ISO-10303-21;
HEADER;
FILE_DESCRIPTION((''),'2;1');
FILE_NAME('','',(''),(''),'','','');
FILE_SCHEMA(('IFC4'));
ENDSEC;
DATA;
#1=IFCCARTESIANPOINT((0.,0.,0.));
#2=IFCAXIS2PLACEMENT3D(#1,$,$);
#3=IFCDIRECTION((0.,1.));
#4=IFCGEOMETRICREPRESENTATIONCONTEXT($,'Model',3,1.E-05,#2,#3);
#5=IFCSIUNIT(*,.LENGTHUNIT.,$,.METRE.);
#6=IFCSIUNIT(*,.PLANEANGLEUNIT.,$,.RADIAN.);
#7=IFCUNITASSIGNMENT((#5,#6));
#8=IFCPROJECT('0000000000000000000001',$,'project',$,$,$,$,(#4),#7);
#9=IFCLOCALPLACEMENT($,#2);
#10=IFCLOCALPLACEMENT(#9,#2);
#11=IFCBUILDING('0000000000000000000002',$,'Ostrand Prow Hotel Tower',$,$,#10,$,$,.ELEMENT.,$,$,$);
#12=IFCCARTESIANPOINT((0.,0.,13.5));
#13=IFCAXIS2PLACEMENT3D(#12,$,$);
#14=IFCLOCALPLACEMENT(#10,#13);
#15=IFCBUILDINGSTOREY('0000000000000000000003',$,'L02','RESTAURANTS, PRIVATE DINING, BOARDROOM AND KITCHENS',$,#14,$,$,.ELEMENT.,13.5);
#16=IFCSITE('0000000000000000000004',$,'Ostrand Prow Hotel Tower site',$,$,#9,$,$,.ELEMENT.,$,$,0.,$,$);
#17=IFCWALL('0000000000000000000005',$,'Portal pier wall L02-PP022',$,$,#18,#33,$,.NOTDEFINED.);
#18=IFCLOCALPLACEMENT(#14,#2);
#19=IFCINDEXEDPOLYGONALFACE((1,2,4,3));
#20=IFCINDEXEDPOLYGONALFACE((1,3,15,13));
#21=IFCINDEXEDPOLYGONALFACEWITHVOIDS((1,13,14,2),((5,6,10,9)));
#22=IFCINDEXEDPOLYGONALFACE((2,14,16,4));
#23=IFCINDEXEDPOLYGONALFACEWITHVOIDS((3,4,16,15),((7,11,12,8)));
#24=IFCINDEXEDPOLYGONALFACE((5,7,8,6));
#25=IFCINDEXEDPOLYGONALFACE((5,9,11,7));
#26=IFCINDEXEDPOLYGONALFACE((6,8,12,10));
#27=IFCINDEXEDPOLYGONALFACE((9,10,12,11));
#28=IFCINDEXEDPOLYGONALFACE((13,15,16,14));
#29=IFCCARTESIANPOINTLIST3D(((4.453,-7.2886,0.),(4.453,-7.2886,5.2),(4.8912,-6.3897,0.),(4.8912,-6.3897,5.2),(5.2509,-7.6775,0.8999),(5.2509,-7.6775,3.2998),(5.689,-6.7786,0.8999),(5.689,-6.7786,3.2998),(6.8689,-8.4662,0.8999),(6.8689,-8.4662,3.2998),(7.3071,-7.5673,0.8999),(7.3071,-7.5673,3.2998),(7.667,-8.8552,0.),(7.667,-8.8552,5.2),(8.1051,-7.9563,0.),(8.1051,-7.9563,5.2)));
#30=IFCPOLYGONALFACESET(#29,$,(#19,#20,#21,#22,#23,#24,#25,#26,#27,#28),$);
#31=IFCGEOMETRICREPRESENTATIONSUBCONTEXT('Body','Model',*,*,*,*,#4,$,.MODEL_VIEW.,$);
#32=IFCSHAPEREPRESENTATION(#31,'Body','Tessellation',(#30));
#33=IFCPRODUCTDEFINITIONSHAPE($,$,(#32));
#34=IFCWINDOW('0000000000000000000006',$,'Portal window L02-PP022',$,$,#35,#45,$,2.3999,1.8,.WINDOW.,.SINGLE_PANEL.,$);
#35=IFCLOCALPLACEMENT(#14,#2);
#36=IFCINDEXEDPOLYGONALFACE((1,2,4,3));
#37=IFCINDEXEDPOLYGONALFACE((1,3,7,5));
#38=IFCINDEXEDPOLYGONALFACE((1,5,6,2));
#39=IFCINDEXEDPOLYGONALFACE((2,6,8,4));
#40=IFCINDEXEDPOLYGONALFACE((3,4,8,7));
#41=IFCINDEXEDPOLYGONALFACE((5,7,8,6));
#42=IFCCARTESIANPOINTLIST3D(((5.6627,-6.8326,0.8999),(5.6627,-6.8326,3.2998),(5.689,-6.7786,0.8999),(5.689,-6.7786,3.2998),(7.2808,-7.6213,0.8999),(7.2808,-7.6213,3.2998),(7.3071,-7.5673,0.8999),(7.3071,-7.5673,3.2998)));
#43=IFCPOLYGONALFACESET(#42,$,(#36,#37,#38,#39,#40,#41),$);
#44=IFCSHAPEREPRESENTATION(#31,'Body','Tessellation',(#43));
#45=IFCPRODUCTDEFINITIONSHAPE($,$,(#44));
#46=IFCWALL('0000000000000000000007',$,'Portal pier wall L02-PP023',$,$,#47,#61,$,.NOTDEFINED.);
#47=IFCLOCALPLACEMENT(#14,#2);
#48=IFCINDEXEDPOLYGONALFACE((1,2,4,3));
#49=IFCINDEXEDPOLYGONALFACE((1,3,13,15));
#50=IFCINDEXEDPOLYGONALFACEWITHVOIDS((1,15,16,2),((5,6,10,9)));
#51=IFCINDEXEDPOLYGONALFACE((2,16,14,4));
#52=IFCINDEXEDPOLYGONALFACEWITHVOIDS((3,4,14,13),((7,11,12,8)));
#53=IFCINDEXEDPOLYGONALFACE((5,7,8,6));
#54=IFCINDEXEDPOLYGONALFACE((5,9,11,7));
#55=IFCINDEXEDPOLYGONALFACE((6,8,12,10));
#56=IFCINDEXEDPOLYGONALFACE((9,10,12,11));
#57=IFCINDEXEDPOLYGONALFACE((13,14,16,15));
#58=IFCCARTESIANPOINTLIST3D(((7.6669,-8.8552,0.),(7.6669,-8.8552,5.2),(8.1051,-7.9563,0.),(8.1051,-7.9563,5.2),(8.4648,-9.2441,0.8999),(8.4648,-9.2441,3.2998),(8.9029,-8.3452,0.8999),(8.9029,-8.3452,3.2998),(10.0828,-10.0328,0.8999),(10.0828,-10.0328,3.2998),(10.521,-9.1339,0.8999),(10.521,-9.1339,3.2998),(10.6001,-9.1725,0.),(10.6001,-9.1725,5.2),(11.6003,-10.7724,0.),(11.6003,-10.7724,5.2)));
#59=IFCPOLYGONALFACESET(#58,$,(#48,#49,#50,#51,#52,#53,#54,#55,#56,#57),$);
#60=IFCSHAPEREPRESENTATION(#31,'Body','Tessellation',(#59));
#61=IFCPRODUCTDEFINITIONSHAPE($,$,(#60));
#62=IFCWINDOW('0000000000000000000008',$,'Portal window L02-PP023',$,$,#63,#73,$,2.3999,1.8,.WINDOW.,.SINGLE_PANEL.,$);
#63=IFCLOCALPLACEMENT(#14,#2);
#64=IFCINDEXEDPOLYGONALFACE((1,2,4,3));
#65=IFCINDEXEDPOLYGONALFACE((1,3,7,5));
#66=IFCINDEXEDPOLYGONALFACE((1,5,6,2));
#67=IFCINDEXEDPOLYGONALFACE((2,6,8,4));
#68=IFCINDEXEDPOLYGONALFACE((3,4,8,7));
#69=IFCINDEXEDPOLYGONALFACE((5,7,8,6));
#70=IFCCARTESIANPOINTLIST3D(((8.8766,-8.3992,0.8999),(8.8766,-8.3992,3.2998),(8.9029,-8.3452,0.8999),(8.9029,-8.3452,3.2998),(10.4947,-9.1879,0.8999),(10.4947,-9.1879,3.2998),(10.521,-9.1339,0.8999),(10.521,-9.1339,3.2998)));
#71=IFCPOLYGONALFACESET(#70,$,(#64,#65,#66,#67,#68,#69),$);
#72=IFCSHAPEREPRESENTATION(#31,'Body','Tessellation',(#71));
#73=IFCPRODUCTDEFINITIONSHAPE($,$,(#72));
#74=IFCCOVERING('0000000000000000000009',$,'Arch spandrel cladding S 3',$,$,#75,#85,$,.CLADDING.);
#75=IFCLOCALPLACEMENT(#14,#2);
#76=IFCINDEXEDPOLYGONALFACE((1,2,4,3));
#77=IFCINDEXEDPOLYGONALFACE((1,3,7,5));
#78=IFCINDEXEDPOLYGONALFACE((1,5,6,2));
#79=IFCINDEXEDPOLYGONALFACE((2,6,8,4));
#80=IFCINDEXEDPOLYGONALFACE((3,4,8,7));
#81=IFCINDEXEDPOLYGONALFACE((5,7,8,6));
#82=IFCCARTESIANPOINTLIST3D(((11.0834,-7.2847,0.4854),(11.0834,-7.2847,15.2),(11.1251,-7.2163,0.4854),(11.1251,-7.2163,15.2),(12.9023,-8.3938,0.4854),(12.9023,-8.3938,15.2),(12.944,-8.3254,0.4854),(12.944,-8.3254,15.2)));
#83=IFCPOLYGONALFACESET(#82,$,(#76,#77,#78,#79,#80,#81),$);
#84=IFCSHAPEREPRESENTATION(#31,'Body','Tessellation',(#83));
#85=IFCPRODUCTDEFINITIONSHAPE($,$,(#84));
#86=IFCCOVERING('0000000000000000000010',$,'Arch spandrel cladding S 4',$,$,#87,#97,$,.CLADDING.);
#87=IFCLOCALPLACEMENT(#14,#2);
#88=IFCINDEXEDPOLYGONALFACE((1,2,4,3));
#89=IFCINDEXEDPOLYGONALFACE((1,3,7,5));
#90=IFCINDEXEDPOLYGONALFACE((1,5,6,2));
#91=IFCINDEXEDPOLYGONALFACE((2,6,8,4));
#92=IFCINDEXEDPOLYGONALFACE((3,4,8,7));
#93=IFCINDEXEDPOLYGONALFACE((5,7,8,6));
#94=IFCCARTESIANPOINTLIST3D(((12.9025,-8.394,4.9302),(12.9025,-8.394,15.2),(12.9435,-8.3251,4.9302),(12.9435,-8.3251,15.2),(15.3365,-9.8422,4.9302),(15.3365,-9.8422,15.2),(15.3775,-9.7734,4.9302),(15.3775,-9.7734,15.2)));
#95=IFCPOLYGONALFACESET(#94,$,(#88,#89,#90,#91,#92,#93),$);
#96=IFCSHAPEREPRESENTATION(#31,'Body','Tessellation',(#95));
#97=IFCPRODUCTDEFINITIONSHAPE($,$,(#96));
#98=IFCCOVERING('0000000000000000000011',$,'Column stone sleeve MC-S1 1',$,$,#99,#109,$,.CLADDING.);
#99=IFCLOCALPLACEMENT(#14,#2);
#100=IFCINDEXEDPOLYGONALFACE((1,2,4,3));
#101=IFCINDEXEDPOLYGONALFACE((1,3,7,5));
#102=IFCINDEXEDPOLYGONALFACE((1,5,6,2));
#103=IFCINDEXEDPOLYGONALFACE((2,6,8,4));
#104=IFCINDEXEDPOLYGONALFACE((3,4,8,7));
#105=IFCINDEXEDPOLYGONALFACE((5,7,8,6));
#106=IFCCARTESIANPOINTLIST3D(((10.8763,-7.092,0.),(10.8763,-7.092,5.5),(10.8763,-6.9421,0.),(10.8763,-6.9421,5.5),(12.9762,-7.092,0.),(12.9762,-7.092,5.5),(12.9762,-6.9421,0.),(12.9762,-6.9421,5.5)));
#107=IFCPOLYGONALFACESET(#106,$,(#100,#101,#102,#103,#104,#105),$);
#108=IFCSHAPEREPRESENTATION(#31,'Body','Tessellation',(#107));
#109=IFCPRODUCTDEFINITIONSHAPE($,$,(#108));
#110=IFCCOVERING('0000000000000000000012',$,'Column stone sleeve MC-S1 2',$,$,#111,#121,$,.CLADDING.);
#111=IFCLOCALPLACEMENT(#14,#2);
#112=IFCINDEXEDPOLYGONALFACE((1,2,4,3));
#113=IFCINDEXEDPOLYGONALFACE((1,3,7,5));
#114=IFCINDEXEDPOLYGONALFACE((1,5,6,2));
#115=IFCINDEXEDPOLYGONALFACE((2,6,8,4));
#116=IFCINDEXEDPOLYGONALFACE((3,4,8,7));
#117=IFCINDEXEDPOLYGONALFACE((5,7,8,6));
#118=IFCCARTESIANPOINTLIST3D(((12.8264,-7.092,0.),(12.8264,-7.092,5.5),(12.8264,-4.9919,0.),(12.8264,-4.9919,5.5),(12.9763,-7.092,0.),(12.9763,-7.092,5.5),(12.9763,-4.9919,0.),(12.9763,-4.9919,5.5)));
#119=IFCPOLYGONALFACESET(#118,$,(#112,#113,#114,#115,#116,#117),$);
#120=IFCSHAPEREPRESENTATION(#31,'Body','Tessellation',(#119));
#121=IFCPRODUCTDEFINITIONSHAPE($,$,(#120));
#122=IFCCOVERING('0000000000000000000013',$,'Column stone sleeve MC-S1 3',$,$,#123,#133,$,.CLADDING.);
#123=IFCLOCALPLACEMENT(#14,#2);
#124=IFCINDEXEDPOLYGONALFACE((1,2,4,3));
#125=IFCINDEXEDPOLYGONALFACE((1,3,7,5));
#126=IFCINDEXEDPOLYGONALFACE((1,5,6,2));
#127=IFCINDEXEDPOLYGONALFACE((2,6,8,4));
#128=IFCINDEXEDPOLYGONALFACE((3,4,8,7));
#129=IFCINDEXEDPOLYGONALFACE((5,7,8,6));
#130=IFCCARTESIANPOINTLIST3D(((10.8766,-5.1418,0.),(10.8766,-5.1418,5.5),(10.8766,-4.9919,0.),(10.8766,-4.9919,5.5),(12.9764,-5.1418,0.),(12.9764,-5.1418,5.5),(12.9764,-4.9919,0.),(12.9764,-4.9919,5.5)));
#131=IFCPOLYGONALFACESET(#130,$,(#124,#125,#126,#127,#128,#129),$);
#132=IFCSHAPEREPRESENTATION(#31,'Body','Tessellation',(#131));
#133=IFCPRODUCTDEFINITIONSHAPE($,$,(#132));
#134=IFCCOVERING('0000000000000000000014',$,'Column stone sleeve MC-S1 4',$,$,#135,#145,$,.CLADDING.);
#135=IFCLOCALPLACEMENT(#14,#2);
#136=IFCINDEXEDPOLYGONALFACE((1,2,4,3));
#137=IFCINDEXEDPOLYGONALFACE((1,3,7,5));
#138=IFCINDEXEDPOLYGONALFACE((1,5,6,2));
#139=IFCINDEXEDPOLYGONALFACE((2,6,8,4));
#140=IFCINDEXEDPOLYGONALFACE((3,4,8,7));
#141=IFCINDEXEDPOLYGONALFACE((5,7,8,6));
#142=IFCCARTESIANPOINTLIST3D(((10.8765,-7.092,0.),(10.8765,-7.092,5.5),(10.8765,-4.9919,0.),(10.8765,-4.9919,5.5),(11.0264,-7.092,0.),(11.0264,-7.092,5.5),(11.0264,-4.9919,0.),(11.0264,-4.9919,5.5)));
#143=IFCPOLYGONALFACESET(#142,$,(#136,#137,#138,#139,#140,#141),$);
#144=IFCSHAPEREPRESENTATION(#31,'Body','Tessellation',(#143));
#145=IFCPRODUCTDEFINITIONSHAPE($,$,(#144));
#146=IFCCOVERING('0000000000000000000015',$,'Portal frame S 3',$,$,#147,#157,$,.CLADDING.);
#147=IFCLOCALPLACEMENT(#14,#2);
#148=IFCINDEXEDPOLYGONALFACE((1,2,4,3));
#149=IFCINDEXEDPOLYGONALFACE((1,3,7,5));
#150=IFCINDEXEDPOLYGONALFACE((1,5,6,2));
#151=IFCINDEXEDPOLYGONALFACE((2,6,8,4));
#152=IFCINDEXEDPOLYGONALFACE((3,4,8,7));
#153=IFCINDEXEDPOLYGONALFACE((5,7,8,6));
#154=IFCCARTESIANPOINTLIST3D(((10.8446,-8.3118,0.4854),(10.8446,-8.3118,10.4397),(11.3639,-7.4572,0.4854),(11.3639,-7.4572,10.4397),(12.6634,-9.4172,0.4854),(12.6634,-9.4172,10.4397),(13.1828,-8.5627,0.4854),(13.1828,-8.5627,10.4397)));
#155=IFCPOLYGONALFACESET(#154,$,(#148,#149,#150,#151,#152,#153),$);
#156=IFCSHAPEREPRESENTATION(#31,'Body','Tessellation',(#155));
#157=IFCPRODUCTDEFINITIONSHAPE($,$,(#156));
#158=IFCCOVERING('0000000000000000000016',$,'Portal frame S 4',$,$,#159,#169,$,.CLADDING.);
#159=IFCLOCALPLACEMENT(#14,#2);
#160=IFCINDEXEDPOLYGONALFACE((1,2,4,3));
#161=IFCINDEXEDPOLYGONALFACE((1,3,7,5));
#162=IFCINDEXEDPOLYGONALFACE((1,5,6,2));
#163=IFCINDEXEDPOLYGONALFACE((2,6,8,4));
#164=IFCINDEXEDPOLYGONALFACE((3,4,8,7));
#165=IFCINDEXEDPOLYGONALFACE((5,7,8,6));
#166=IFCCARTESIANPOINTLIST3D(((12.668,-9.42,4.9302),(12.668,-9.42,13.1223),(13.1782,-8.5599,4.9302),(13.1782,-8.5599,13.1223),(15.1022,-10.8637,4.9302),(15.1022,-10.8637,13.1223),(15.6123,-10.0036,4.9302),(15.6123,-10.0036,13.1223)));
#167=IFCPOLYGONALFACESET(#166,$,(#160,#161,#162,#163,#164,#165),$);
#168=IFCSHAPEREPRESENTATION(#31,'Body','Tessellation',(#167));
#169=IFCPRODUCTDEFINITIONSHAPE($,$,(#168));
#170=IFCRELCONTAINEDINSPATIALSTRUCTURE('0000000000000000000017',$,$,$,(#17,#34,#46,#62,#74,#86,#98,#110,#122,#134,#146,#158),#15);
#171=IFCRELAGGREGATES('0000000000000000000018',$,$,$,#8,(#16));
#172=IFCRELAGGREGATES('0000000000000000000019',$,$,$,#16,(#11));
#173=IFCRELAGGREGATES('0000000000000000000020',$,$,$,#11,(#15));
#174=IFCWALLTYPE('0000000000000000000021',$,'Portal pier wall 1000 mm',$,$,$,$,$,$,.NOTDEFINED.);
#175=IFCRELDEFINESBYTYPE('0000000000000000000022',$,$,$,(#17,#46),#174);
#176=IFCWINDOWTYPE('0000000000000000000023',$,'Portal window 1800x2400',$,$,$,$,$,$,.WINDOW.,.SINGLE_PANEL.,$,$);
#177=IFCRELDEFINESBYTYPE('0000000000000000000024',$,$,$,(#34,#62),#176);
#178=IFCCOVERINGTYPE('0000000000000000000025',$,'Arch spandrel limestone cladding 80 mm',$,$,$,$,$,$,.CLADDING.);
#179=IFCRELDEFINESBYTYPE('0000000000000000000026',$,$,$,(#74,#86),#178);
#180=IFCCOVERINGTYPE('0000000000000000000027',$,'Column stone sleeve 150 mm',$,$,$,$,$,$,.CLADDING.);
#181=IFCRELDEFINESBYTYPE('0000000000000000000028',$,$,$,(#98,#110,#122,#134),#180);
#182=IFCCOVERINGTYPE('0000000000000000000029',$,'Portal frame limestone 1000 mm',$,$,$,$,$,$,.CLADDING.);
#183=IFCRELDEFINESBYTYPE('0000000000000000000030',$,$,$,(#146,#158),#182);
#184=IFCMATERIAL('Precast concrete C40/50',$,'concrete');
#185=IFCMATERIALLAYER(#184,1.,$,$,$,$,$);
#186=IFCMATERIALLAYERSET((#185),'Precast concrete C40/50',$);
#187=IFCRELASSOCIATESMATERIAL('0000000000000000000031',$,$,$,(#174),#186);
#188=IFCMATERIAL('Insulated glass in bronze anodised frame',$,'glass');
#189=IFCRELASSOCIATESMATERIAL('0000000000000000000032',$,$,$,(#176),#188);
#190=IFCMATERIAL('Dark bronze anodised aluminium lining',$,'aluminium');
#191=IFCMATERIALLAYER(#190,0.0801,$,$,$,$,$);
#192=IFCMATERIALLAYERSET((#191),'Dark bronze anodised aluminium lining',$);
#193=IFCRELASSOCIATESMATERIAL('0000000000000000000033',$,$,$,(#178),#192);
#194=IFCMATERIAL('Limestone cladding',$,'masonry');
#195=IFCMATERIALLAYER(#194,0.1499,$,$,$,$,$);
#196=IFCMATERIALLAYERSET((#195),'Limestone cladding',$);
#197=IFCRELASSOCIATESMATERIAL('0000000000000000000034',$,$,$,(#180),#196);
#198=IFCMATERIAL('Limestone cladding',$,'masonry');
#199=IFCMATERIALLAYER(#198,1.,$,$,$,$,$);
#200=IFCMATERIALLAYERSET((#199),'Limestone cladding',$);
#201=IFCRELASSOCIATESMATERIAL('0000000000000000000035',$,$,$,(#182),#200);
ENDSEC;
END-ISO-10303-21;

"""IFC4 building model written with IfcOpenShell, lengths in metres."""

from ifc_helpers import new_model, si_unit, direction, frame, frame_2d, origin, place, context, subcontext, project, spatial, polyline, rectangle, outline, extrude, material, layer, layer_set, type_object, element, fill, save


model = new_model("IFC4")

# Units and contexts
model_context = context("Model", 3, precision=1e-05, world=origin(), true_north=direction((0.0, 1.0)))
body_context = subcontext(model_context, "Body", "Model", "MODEL_VIEW")
ifc_project = project(units=[si_unit("LENGTHUNIT", "METRE"), si_unit("PLANEANGLEUNIT", "RADIAN")], contexts=[model_context])

# Site, building, storey
site_placement = place(None, origin())
site = spatial("IfcSite", under=ifc_project, at=site_placement, Name="Ostrand Prow Hotel Tower site", CompositionType="ELEMENT", RefElevation=0.0)
building_placement = place(site_placement, origin())
building = spatial("IfcBuilding", under=site, at=building_placement, Name="Ostrand Prow Hotel Tower", CompositionType="ELEMENT")
storey_placement = place(building_placement, frame((0.0, 0.0, 13.5)))
storey = spatial("IfcBuildingStorey", under=building, at=storey_placement, Name="L02", Description="RESTAURANTS, PRIVATE DINING, BOARDROOM AND KITCHENS", CompositionType="ELEMENT", Elevation=13.5)

# Shared definitions
ifc_material_1 = material(Name="Precast concrete C40/50", Category="concrete")
ifc_layer_1 = layer(ifc_material_1, 1.0)
ifc_layer_set_1 = layer_set([ifc_layer_1], Name="Precast concrete C40/50")
wall_type_1 = type_object("IfcWallType", Name="Portal pier wall 1000 mm", PredefinedType="NOTDEFINED", material=ifc_layer_set_1)

# Shared definitions
ifc_material_2 = material(Name="Insulated glass in bronze anodised frame", Category="glass")
window_type = type_object("IfcWindowType", Name="Portal window 1800x2400", PartitioningType="SINGLE_PANEL", PredefinedType="WINDOW", material=ifc_material_2)

# Walls, openings, windows
wall_1_placement = place(storey_placement, frame((4.6721, -6.8391, 0.0), z_axis=(0.0, 0.0, 1.0), x_axis=(0.898889, -0.438177, 0.0)))
wall_1 = element("IfcWall", 1, at=wall_1_placement, inside=storey, type_object=wall_type_1, Name="Portal pier wall L02-PP022", PredefinedType="NOTDEFINED", context=body_context, shape_type="SweptSolid", body=[
    extrude(outline(polyline([(0.0, -0.5), (3.5754, -0.5), (3.5754, 0.5), (0.0, 0.5), (0.0, -0.5)])), origin(), (0.0, 0.0, 1.0), 5.2),
])
opening_1_placement = place(wall_1_placement, frame((0.8877, 0.0, 0.8999)))
opening_1 = element("IfcOpeningElement", 2, at=opening_1_placement, cuts=wall_1, PredefinedType="OPENING", context=body_context, shape_type="SweptSolid", body=[
    extrude(rectangle(XDim=1.8, YDim=2.3999, at=frame_2d((0.8999, 1.2))), frame((0.0, 0.51, 0.0), z_axis=(0.0, -1.0, 0.0), x_axis=(1.0, 0.0, 0.0)), (0.0, 0.0, 1.0), 1.02),
])
window_1_placement = place(opening_1_placement, origin())
window_1 = element("IfcWindow", 3, at=window_1_placement, inside=storey, type_object=window_type, Name="Portal window L02-PP022", OverallHeight=2.3999, OverallWidth=1.8, PartitioningType="SINGLE_PANEL", PredefinedType="WINDOW", context=body_context, shape_type="SweptSolid", body=[
    extrude(rectangle(XDim=1.8, YDim=2.3999, at=frame_2d((0.8999, 1.2))), frame((0.0, 0.5, 0.0), z_axis=(0.0, -1.0, 0.0), x_axis=(1.0, 0.0, 0.0)), (0.0, 0.0, 1.0), 0.0601),
])
fill(opening_1, window_1)
wall_2_placement = place(storey_placement, frame((7.886, -8.4058, 0.0), z_axis=(0.0, 0.0, 1.0), x_axis=(0.898902, -0.438151, 0.0)))
wall_2 = element("IfcWall", 4, at=wall_2_placement, inside=storey, type_object=wall_type_1, Name="Portal pier wall L02-PP023", PredefinedType="NOTDEFINED", context=body_context, shape_type="SweptSolid", body=[
    extrude(outline(polyline([(0.0, -0.5), (4.3757, -0.5), (2.7756, 0.5), (0.0, 0.5), (0.0, -0.5)])), origin(), (0.0, 0.0, 1.0), 5.2),
])
opening_2_placement = place(wall_2_placement, frame((0.8877, 0.0, 0.8999)))
opening_2 = element("IfcOpeningElement", 5, at=opening_2_placement, cuts=wall_2, PredefinedType="OPENING", context=body_context, shape_type="SweptSolid", body=[
    extrude(rectangle(XDim=1.8, YDim=2.3999, at=frame_2d((0.8999, 1.2))), frame((0.0, 0.51, 0.0), z_axis=(0.0, -1.0, 0.0), x_axis=(1.0, 0.0, 0.0)), (0.0, 0.0, 1.0), 1.02),
])
window_2_placement = place(opening_2_placement, origin())
window_2 = element("IfcWindow", 6, at=window_2_placement, inside=storey, type_object=window_type, Name="Portal window L02-PP023", OverallHeight=2.3999, OverallWidth=1.8, PartitioningType="SINGLE_PANEL", PredefinedType="WINDOW", context=body_context, shape_type="SweptSolid", body=[
    extrude(rectangle(XDim=1.8, YDim=2.3999, at=frame_2d((0.8999, 1.2))), frame((0.0, 0.5, 0.0), z_axis=(0.0, -1.0, 0.0), x_axis=(1.0, 0.0, 0.0)), (0.0, 0.0, 1.0), 0.0601),
])
fill(opening_2, window_2)

# Coverings
ifc_material_3 = material(Name="Dark bronze anodised aluminium lining", Category="aluminium")
ifc_layer_2 = layer(ifc_material_3, 0.0801)
ifc_layer_set_2 = layer_set([ifc_layer_2], Name="Dark bronze anodised aluminium lining")
covering_type_1 = type_object("IfcCoveringType", Name="Arch spandrel limestone cladding 80 mm", PredefinedType="CLADDING", material=ifc_layer_set_2)
covering_1_placement = place(storey_placement, frame((11.1042, -7.2505, 0.4854), z_axis=(0.0, 0.0, 1.0), x_axis=(0.85378, -0.520634, 0.0)))
element("IfcCovering", 7, at=covering_1_placement, inside=storey, type_object=covering_type_1, Name="Arch spandrel cladding S 3", PredefinedType="CLADDING", context=body_context, shape_type="SweptSolid", body=[
    extrude(rectangle(XDim=2.1304, YDim=0.0801, at=frame_2d((1.0652, 0.0))), origin(), (0.0, 0.0, 1.0), 14.7146),
])
covering_2_placement = place(storey_placement, frame((12.9231, -8.3596, 4.9302), z_axis=(0.0, 0.0, 1.0), x_axis=(0.859388, -0.511323, 0.0)))
element("IfcCovering", 8, at=covering_2_placement, inside=storey, type_object=covering_type_1, Name="Arch spandrel cladding S 4", PredefinedType="CLADDING", context=body_context, shape_type="SweptSolid", body=[
    extrude(rectangle(XDim=2.8323, YDim=0.0801, at=frame_2d((1.416, 0.0))), origin(), (0.0, 0.0, 1.0), 10.2698),
])
ifc_material_4 = material(Name="Limestone cladding", Category="masonry")
ifc_layer_3 = layer(ifc_material_4, 0.1499)
ifc_layer_set_3 = layer_set([ifc_layer_3], Name="Limestone cladding")
covering_type_2 = type_object("IfcCoveringType", Name="Column stone sleeve 150 mm", PredefinedType="CLADDING", material=ifc_layer_set_3)
covering_3_placement = place(storey_placement, frame((10.8765, -7.0171, 0.0), z_axis=(0.0, 0.0, 1.0), x_axis=(1.0, 0.0, 0.0)))
element("IfcCovering", 9, at=covering_3_placement, inside=storey, type_object=covering_type_2, Name="Column stone sleeve MC-S1 1", PredefinedType="CLADDING", context=body_context, shape_type="SweptSolid", body=[
    extrude(rectangle(XDim=2.0999, YDim=0.1499, at=frame_2d((1.0498, 0.0))), origin(), (0.0, 0.0, 1.0), 5.5),
])
covering_4_placement = place(storey_placement, frame((12.9014, -7.092, 0.0), z_axis=(0.0, 0.0, 1.0), x_axis=(0.0, 1.0, 0.0)))
element("IfcCovering", 10, at=covering_4_placement, inside=storey, type_object=covering_type_2, Name="Column stone sleeve MC-S1 2", PredefinedType="CLADDING", context=body_context, shape_type="SweptSolid", body=[
    extrude(rectangle(XDim=2.1001, YDim=0.1499, at=frame_2d((1.05, 0.0))), origin(), (0.0, 0.0, 1.0), 5.5),
])
covering_5_placement = place(storey_placement, frame((12.9763, -5.0669, 0.0), z_axis=(0.0, 0.0, 1.0), x_axis=(-1.0, 0.0, 0.0)))
element("IfcCovering", 11, at=covering_5_placement, inside=storey, type_object=covering_type_2, Name="Column stone sleeve MC-S1 3", PredefinedType="CLADDING", context=body_context, shape_type="SweptSolid", body=[
    extrude(rectangle(XDim=2.0999, YDim=0.1499, at=frame_2d((1.0498, 0.0))), origin(), (0.0, 0.0, 1.0), 5.5),
])
covering_6_placement = place(storey_placement, frame((10.9514, -4.9919, 0.0), z_axis=(0.0, 0.0, 1.0), x_axis=(0.0, -1.0, 0.0)))
element("IfcCovering", 12, at=covering_6_placement, inside=storey, type_object=covering_type_2, Name="Column stone sleeve MC-S1 4", PredefinedType="CLADDING", context=body_context, shape_type="SweptSolid", body=[
    extrude(rectangle(XDim=2.1001, YDim=0.1499, at=frame_2d((1.05, 0.0))), origin(), (0.0, 0.0, 1.0), 5.5),
])
ifc_material_5 = material(Name="Limestone cladding", Category="masonry")
ifc_layer_4 = layer(ifc_material_5, 1.0)
ifc_layer_set_4 = layer_set([ifc_layer_4], Name="Limestone cladding")
covering_type_3 = type_object("IfcCoveringType", Name="Portal frame limestone 1000 mm", PredefinedType="CLADDING", material=ifc_layer_set_4)
covering_7_placement = place(storey_placement, frame((11.1042, -7.8845, 0.4854), z_axis=(0.0, 0.0, 1.0), x_axis=(0.854544, -0.519379, 0.0)))
element("IfcCovering", 13, at=covering_7_placement, inside=storey, type_object=covering_type_3, Name="Portal frame S 3", PredefinedType="CLADDING", context=body_context, shape_type="SweptSolid", body=[
    extrude(rectangle(XDim=2.1284, YDim=1.0, at=frame_2d((1.0642, 0.0))), origin(), (0.0, 0.0, 1.0), 9.9543),
])
covering_8_placement = place(storey_placement, frame((12.9231, -8.99, 4.9302), z_axis=(0.0, 0.0, 1.0), x_axis=(0.860108, -0.510112, 0.0)))
element("IfcCovering", 14, at=covering_8_placement, inside=storey, type_object=covering_type_3, Name="Portal frame S 4", PredefinedType="CLADDING", context=body_context, shape_type="SweptSolid", body=[
    extrude(rectangle(XDim=2.8301, YDim=1.0, at=frame_2d((1.415, 0.0))), origin(), (0.0, 0.0, 1.0), 8.1921),
])

save(model, "model.ifc")
